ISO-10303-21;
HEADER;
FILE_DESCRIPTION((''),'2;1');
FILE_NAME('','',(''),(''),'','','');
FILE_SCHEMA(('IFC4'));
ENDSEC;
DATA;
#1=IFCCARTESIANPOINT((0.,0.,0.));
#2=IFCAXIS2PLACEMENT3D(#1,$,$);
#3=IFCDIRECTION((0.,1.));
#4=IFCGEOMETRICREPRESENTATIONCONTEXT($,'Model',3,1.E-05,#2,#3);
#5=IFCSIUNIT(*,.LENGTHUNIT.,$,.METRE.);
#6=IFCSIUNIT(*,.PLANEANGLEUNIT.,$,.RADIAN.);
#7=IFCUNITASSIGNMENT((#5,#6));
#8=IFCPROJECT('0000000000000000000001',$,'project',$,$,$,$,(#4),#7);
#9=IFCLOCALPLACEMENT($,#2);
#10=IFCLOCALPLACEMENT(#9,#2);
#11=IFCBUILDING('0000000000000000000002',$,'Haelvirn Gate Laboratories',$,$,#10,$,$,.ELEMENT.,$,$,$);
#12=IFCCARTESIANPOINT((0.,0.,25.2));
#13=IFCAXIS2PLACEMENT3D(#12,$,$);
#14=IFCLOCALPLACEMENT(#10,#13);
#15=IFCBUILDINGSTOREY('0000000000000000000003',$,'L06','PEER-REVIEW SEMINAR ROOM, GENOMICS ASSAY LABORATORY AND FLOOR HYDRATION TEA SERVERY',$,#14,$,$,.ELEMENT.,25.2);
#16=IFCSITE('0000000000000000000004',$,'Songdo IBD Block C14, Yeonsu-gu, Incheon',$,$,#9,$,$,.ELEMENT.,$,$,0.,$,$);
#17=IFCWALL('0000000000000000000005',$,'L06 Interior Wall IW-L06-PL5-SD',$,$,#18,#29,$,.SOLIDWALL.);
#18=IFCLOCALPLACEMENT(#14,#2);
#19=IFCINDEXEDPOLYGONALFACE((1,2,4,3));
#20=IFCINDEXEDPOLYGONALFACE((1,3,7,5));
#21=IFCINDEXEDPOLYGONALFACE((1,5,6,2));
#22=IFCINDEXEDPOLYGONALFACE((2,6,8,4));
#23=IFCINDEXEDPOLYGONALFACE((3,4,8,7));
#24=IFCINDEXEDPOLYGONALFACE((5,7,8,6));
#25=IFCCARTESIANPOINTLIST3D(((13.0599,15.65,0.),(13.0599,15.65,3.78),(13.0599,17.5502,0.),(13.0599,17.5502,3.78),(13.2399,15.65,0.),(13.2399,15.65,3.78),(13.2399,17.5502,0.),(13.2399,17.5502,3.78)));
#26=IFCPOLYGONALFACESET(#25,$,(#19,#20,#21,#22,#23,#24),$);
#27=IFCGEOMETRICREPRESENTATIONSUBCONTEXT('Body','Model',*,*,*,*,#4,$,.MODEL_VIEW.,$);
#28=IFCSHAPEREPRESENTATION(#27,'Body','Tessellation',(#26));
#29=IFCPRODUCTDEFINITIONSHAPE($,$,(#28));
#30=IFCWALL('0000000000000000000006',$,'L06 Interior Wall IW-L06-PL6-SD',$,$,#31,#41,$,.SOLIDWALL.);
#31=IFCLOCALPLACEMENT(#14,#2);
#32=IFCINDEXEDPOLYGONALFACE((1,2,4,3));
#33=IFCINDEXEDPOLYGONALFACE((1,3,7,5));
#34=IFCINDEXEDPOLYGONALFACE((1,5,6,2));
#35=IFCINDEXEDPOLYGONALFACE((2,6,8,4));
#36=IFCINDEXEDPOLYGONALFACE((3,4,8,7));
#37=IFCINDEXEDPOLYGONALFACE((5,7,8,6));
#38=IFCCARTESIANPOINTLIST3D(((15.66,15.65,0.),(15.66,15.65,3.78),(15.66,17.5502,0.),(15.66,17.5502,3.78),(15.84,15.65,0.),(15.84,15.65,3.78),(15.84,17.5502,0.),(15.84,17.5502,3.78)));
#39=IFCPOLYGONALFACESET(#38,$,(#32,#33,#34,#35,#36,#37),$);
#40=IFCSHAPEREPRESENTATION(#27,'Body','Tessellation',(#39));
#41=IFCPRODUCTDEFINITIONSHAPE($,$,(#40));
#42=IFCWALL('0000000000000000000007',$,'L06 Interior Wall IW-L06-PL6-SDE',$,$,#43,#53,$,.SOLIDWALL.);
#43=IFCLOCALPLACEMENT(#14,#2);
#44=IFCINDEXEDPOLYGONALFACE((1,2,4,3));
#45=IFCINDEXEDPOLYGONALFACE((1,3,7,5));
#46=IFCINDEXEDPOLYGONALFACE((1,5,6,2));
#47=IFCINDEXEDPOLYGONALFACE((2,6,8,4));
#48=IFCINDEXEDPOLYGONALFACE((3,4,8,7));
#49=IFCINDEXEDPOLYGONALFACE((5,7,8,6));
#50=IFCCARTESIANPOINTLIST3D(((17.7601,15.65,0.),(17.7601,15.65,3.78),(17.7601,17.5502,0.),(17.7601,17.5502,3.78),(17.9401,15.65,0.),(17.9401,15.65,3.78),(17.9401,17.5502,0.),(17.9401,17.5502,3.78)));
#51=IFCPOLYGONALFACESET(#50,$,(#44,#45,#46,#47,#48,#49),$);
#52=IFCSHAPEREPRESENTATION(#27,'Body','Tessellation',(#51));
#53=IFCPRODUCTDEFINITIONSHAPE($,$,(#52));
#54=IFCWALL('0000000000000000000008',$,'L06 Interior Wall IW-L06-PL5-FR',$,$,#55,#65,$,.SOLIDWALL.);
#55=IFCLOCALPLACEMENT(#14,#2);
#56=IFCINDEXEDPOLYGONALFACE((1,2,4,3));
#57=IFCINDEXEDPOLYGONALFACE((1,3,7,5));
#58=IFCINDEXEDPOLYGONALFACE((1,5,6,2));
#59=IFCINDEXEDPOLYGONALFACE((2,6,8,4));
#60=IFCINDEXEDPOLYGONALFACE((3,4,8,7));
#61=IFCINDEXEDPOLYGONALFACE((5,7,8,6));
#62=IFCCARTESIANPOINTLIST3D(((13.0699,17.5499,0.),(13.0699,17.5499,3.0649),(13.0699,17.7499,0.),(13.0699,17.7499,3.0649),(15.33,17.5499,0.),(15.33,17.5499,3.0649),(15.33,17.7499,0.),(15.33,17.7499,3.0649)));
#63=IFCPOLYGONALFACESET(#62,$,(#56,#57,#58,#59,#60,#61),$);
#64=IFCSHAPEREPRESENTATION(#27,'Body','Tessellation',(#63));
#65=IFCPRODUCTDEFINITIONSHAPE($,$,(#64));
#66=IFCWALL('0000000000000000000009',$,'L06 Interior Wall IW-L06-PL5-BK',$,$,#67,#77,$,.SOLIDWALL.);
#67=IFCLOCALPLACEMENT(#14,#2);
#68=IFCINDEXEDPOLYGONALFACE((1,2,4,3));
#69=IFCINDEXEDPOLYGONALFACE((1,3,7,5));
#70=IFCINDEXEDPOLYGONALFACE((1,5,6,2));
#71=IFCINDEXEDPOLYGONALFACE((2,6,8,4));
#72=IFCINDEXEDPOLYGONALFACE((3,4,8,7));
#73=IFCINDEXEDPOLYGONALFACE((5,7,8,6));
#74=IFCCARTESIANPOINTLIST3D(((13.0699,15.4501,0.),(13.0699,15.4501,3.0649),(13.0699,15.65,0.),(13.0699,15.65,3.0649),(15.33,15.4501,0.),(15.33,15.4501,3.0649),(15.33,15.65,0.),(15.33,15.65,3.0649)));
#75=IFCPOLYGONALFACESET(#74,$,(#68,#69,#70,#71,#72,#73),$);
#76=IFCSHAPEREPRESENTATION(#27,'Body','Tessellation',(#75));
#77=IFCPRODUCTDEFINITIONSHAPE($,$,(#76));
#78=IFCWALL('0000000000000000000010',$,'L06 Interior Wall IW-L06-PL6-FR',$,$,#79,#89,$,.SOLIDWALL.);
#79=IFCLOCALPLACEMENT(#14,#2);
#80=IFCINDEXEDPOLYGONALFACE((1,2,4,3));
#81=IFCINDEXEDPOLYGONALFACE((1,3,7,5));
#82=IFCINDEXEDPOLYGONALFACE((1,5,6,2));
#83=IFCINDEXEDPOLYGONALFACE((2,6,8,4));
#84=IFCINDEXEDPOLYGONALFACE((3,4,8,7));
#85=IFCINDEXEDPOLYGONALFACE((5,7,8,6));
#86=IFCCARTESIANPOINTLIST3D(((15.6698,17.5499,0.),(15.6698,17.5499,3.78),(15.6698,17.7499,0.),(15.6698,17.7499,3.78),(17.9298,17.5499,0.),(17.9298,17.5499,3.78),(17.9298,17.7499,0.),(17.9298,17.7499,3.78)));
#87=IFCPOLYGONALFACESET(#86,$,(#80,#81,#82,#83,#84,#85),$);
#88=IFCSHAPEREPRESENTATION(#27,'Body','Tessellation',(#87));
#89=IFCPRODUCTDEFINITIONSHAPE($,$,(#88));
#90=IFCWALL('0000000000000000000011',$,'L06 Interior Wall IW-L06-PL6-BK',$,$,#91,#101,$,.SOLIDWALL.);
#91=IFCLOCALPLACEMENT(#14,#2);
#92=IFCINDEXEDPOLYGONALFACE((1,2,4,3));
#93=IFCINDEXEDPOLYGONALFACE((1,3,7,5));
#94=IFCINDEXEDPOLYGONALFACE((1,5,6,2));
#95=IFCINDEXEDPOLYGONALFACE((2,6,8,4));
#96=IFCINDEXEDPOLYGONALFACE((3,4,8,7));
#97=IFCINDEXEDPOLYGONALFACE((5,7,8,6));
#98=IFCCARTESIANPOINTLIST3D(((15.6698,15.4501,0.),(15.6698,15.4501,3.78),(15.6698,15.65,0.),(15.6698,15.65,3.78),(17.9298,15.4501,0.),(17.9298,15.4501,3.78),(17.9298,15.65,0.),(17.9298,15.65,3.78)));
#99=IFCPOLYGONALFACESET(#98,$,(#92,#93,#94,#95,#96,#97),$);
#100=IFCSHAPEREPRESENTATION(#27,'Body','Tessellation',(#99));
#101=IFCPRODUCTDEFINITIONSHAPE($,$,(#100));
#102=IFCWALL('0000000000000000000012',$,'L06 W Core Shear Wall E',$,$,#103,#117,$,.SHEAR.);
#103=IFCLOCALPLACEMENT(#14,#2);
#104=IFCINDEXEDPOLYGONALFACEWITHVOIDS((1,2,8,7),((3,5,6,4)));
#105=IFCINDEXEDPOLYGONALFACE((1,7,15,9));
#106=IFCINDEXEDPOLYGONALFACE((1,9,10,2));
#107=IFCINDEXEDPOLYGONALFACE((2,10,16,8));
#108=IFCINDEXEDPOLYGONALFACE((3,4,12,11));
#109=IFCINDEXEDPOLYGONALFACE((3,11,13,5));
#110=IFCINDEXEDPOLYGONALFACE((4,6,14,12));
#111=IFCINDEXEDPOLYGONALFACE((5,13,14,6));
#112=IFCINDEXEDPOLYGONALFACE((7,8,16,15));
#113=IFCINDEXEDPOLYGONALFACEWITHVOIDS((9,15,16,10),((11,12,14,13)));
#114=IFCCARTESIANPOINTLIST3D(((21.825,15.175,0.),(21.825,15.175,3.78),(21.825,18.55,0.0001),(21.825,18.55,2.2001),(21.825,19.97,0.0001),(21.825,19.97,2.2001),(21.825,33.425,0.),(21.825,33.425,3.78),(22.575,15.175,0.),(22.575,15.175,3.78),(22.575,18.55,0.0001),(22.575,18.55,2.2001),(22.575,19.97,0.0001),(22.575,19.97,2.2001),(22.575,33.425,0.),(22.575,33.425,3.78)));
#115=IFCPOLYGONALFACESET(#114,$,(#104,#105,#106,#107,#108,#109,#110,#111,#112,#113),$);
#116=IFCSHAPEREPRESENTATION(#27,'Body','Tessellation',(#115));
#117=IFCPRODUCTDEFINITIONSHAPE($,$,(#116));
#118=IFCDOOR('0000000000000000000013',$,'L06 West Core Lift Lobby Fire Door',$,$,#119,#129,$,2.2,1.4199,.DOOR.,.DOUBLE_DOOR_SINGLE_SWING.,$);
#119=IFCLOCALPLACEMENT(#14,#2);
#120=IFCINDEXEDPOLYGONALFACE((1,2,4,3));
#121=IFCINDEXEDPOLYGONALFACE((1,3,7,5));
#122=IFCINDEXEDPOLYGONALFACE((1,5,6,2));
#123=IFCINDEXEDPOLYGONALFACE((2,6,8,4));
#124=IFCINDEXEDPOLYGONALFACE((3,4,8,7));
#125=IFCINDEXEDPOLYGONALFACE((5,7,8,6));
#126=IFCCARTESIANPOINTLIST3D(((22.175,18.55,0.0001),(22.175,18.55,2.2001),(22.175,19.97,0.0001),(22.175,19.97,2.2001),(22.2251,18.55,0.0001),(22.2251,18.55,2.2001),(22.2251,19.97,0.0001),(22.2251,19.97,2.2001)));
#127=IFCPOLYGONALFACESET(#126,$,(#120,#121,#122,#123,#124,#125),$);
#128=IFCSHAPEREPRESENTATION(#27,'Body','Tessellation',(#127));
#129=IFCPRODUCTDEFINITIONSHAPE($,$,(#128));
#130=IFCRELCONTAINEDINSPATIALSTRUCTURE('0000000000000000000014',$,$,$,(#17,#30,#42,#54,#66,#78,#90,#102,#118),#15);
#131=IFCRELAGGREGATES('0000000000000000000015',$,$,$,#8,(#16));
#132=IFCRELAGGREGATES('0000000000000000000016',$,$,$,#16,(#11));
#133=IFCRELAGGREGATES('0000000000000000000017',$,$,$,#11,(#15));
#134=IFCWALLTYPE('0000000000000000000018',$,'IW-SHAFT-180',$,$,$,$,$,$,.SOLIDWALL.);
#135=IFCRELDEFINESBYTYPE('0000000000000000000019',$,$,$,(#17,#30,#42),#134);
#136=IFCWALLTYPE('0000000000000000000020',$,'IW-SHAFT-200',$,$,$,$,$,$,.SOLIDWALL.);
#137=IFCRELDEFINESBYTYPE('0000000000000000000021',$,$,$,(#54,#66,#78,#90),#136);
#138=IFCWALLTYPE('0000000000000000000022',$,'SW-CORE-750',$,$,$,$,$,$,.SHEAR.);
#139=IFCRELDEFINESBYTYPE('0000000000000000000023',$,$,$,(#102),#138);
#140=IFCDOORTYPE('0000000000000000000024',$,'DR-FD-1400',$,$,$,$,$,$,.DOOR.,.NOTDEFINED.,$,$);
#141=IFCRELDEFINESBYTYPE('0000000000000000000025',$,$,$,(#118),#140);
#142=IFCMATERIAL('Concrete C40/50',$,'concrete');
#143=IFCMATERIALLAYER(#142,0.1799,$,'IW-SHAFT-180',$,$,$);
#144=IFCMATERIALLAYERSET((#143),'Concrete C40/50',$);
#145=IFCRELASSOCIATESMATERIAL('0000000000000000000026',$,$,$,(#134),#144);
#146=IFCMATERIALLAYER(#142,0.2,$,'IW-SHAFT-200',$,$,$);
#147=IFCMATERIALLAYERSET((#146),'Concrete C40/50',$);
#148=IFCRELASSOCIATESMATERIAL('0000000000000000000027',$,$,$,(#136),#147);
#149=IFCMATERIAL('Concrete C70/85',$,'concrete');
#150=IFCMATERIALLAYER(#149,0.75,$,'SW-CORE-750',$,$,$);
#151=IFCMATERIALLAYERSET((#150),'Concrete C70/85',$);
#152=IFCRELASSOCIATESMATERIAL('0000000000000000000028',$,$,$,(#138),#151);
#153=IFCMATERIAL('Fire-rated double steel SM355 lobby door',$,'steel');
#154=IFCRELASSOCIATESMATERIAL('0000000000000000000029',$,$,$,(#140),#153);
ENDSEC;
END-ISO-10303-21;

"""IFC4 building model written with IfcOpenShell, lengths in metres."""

from ifc_helpers import new_model, si_unit, direction, frame, frame_2d, origin, place, context, subcontext, project, spatial, rectangle, extrude, source, transform, mapped, material, layer, layer_set, type_object, type_shapes, element, fill, save


model = new_model("IFC4")

# Units and contexts
model_context = context("Model", 3, precision=1e-05, world=origin(), true_north=direction((0.0, 1.0)))
body_context = subcontext(model_context, "Body", "Model", "MODEL_VIEW")
ifc_project = project(units=[si_unit("LENGTHUNIT", "METRE"), si_unit("PLANEANGLEUNIT", "RADIAN")], contexts=[model_context])

# Site, building, storey
site_placement = place(None, origin())
site = spatial("IfcSite", under=ifc_project, at=site_placement, Name="Songdo IBD Block C14, Yeonsu-gu, Incheon", CompositionType="ELEMENT", RefElevation=0.0)
building_placement = place(site_placement, origin())
building = spatial("IfcBuilding", under=site, at=building_placement, Name="Haelvirn Gate Laboratories", CompositionType="ELEMENT")
storey_placement = place(building_placement, frame((0.0, 0.0, 25.2)))
storey = spatial("IfcBuildingStorey", under=building, at=storey_placement, Name="L06", Description="PEER-REVIEW SEMINAR ROOM, GENOMICS ASSAY LABORATORY AND FLOOR HYDRATION TEA SERVERY", CompositionType="ELEMENT", Elevation=25.2)

# Shared definitions
ifc_material_1 = material(Name="Concrete C70/85", Category="concrete")

# Walls
ifc_material_2 = material(Name="Concrete C40/50", Category="concrete")
ifc_layer_1 = layer(ifc_material_2, 0.1799, Name="IW-SHAFT-180")
ifc_layer_set_1 = layer_set([ifc_layer_1], Name="Concrete C40/50")
wall_type_1 = type_object("IfcWallType", Name="IW-SHAFT-180", PredefinedType="SOLIDWALL", material=ifc_layer_set_1)
for number, where, z_axis, x_axis, name in (
    (1, (13.1499, 15.6499, 0.0), (0.0, 0.0, 1.0), (0.0, 1.0, 0.0), "L06 Interior Wall IW-L06-PL5-SD"),
    (2, (15.75, 15.6499, 0.0), (0.0, 0.0, 1.0), (0.0, 1.0, 0.0), "L06 Interior Wall IW-L06-PL6-SD"),
    (3, (17.8501, 15.6499, 0.0), (0.0, 0.0, 1.0), (0.0, 1.0, 0.0), "L06 Interior Wall IW-L06-PL6-SDE"),
):
    element("IfcWall", number, at=place(storey_placement, frame(where, z_axis=z_axis, x_axis=x_axis)), inside=storey, type_object=wall_type_1, Name=name, PredefinedType="SOLIDWALL", context=body_context, shape_type="SweptSolid", body=[
        extrude(rectangle(XDim=1.9001, YDim=0.1799, at=frame_2d((0.9502, 0.0))), origin(), (0.0, 0.0, 1.0), 3.78),
    ])
ifc_layer_2 = layer(ifc_material_2, 0.2, Name="IW-SHAFT-200")
ifc_layer_set_2 = layer_set([ifc_layer_2], Name="Concrete C40/50")
wall_type_2 = type_object("IfcWallType", Name="IW-SHAFT-200", PredefinedType="SOLIDWALL", material=ifc_layer_set_2)
for number, where, z_axis, x_axis, name in (
    (4, (13.0701, 17.6499, 0.0), (0.0, 0.0, 1.0), (1.0, 0.0, 0.0), "L06 Interior Wall IW-L06-PL5-FR"),
    (5, (13.0701, 15.55, 0.0), (0.0, 0.0, 1.0), (1.0, 0.0, 0.0), "L06 Interior Wall IW-L06-PL5-BK"),
):
    element("IfcWall", number, at=place(storey_placement, frame(where, z_axis=z_axis, x_axis=x_axis)), inside=storey, type_object=wall_type_2, Name=name, PredefinedType="SOLIDWALL", context=body_context, shape_type="SweptSolid", body=[
        extrude(rectangle(XDim=2.26, YDim=0.2, at=frame_2d((1.1299, 0.0))), origin(), (0.0, 0.0, 1.0), 3.0649),
    ])
for number, where, z_axis, x_axis, name in (
    (6, (15.6699, 17.6499, 0.0), (0.0, 0.0, 1.0), (1.0, 0.0, 0.0), "L06 Interior Wall IW-L06-PL6-FR"),
    (7, (15.6699, 15.55, 0.0), (0.0, 0.0, 1.0), (1.0, 0.0, 0.0), "L06 Interior Wall IW-L06-PL6-BK"),
):
    element("IfcWall", number, at=place(storey_placement, frame(where, z_axis=z_axis, x_axis=x_axis)), inside=storey, type_object=wall_type_2, Name=name, PredefinedType="SOLIDWALL", context=body_context, shape_type="SweptSolid", body=[
        extrude(rectangle(XDim=2.26, YDim=0.2, at=frame_2d((1.1299, 0.0))), origin(), (0.0, 0.0, 1.0), 3.78),
    ])

# Wall, opening, door
ifc_layer_3 = layer(ifc_material_1, 0.75, Name="SW-CORE-750")
ifc_layer_set_3 = layer_set([ifc_layer_3], Name="Concrete C70/85")
wall_type_3 = type_object("IfcWallType", Name="SW-CORE-750", PredefinedType="SHEAR", material=ifc_layer_set_3)
wall_1_placement = place(storey_placement, frame((22.2, 15.175, 0.0), z_axis=(0.0, 0.0, 1.0), x_axis=(0.0, 1.0, 0.0)))
wall_1 = element("IfcWall", 8, at=wall_1_placement, inside=storey, type_object=wall_type_3, Name="L06 W Core Shear Wall E", PredefinedType="SHEAR", context=body_context, shape_type="SweptSolid", body=[
    extrude(rectangle(XDim=18.25, YDim=0.75, at=frame_2d((9.125, 0.0))), origin(), (0.0, 0.0, 1.0), 3.78),
])
opening_1_placement = place(wall_1_placement, frame((3.375, 0.0, 0.0)))
opening_1 = element("IfcOpeningElement", 9, at=opening_1_placement, cuts=wall_1, PredefinedType="OPENING", context=body_context, shape_type="SweptSolid", body=[
    extrude(rectangle(XDim=1.4199, YDim=2.2, at=frame_2d((0.71, 1.1001))), frame((0.0, 0.385, 0.0), z_axis=(0.0, -1.0, 0.0), x_axis=(1.0, 0.0, 0.0)), (0.0, 0.0, 1.0), 0.77),
])
ifc_material_3 = material(Name="Fire-rated double steel SM355 lobby door", Category="steel")
door_type_1 = type_object("IfcDoorType", Name="DR-FD-1400", OperationType="NOTDEFINED", PredefinedType="DOOR", material=ifc_material_3)
shared_shape_1 = source(origin(), body_context, "Body", "SweptSolid", [
    extrude(rectangle(XDim=1.4199, YDim=2.2, at=frame_2d((0.71, 1.1001))), frame((0.0, 0.0249, 0.0), z_axis=(0.0, -1.0, 0.0), x_axis=(1.0, 0.0, 0.0)), (0.0, 0.0, 1.0), 0.05),
])
type_shapes(door_type_1, [shared_shape_1])
door_1_placement = place(opening_1_placement, origin())
door_1 = element("IfcDoor", 10, at=door_1_placement, inside=storey, type_object=door_type_1, Name="L06 West Core Lift Lobby Fire Door", OperationType="DOUBLE_DOOR_SINGLE_SWING", OverallHeight=2.2, OverallWidth=1.4199, PredefinedType="DOOR", context=body_context, shape_type="MappedRepresentation", body=[
    mapped(shared_shape_1, transform((0.0, 0.0, 0.0), scale=1.0)),
])
fill(opening_1, door_1)

save(model, "model.ifc")
